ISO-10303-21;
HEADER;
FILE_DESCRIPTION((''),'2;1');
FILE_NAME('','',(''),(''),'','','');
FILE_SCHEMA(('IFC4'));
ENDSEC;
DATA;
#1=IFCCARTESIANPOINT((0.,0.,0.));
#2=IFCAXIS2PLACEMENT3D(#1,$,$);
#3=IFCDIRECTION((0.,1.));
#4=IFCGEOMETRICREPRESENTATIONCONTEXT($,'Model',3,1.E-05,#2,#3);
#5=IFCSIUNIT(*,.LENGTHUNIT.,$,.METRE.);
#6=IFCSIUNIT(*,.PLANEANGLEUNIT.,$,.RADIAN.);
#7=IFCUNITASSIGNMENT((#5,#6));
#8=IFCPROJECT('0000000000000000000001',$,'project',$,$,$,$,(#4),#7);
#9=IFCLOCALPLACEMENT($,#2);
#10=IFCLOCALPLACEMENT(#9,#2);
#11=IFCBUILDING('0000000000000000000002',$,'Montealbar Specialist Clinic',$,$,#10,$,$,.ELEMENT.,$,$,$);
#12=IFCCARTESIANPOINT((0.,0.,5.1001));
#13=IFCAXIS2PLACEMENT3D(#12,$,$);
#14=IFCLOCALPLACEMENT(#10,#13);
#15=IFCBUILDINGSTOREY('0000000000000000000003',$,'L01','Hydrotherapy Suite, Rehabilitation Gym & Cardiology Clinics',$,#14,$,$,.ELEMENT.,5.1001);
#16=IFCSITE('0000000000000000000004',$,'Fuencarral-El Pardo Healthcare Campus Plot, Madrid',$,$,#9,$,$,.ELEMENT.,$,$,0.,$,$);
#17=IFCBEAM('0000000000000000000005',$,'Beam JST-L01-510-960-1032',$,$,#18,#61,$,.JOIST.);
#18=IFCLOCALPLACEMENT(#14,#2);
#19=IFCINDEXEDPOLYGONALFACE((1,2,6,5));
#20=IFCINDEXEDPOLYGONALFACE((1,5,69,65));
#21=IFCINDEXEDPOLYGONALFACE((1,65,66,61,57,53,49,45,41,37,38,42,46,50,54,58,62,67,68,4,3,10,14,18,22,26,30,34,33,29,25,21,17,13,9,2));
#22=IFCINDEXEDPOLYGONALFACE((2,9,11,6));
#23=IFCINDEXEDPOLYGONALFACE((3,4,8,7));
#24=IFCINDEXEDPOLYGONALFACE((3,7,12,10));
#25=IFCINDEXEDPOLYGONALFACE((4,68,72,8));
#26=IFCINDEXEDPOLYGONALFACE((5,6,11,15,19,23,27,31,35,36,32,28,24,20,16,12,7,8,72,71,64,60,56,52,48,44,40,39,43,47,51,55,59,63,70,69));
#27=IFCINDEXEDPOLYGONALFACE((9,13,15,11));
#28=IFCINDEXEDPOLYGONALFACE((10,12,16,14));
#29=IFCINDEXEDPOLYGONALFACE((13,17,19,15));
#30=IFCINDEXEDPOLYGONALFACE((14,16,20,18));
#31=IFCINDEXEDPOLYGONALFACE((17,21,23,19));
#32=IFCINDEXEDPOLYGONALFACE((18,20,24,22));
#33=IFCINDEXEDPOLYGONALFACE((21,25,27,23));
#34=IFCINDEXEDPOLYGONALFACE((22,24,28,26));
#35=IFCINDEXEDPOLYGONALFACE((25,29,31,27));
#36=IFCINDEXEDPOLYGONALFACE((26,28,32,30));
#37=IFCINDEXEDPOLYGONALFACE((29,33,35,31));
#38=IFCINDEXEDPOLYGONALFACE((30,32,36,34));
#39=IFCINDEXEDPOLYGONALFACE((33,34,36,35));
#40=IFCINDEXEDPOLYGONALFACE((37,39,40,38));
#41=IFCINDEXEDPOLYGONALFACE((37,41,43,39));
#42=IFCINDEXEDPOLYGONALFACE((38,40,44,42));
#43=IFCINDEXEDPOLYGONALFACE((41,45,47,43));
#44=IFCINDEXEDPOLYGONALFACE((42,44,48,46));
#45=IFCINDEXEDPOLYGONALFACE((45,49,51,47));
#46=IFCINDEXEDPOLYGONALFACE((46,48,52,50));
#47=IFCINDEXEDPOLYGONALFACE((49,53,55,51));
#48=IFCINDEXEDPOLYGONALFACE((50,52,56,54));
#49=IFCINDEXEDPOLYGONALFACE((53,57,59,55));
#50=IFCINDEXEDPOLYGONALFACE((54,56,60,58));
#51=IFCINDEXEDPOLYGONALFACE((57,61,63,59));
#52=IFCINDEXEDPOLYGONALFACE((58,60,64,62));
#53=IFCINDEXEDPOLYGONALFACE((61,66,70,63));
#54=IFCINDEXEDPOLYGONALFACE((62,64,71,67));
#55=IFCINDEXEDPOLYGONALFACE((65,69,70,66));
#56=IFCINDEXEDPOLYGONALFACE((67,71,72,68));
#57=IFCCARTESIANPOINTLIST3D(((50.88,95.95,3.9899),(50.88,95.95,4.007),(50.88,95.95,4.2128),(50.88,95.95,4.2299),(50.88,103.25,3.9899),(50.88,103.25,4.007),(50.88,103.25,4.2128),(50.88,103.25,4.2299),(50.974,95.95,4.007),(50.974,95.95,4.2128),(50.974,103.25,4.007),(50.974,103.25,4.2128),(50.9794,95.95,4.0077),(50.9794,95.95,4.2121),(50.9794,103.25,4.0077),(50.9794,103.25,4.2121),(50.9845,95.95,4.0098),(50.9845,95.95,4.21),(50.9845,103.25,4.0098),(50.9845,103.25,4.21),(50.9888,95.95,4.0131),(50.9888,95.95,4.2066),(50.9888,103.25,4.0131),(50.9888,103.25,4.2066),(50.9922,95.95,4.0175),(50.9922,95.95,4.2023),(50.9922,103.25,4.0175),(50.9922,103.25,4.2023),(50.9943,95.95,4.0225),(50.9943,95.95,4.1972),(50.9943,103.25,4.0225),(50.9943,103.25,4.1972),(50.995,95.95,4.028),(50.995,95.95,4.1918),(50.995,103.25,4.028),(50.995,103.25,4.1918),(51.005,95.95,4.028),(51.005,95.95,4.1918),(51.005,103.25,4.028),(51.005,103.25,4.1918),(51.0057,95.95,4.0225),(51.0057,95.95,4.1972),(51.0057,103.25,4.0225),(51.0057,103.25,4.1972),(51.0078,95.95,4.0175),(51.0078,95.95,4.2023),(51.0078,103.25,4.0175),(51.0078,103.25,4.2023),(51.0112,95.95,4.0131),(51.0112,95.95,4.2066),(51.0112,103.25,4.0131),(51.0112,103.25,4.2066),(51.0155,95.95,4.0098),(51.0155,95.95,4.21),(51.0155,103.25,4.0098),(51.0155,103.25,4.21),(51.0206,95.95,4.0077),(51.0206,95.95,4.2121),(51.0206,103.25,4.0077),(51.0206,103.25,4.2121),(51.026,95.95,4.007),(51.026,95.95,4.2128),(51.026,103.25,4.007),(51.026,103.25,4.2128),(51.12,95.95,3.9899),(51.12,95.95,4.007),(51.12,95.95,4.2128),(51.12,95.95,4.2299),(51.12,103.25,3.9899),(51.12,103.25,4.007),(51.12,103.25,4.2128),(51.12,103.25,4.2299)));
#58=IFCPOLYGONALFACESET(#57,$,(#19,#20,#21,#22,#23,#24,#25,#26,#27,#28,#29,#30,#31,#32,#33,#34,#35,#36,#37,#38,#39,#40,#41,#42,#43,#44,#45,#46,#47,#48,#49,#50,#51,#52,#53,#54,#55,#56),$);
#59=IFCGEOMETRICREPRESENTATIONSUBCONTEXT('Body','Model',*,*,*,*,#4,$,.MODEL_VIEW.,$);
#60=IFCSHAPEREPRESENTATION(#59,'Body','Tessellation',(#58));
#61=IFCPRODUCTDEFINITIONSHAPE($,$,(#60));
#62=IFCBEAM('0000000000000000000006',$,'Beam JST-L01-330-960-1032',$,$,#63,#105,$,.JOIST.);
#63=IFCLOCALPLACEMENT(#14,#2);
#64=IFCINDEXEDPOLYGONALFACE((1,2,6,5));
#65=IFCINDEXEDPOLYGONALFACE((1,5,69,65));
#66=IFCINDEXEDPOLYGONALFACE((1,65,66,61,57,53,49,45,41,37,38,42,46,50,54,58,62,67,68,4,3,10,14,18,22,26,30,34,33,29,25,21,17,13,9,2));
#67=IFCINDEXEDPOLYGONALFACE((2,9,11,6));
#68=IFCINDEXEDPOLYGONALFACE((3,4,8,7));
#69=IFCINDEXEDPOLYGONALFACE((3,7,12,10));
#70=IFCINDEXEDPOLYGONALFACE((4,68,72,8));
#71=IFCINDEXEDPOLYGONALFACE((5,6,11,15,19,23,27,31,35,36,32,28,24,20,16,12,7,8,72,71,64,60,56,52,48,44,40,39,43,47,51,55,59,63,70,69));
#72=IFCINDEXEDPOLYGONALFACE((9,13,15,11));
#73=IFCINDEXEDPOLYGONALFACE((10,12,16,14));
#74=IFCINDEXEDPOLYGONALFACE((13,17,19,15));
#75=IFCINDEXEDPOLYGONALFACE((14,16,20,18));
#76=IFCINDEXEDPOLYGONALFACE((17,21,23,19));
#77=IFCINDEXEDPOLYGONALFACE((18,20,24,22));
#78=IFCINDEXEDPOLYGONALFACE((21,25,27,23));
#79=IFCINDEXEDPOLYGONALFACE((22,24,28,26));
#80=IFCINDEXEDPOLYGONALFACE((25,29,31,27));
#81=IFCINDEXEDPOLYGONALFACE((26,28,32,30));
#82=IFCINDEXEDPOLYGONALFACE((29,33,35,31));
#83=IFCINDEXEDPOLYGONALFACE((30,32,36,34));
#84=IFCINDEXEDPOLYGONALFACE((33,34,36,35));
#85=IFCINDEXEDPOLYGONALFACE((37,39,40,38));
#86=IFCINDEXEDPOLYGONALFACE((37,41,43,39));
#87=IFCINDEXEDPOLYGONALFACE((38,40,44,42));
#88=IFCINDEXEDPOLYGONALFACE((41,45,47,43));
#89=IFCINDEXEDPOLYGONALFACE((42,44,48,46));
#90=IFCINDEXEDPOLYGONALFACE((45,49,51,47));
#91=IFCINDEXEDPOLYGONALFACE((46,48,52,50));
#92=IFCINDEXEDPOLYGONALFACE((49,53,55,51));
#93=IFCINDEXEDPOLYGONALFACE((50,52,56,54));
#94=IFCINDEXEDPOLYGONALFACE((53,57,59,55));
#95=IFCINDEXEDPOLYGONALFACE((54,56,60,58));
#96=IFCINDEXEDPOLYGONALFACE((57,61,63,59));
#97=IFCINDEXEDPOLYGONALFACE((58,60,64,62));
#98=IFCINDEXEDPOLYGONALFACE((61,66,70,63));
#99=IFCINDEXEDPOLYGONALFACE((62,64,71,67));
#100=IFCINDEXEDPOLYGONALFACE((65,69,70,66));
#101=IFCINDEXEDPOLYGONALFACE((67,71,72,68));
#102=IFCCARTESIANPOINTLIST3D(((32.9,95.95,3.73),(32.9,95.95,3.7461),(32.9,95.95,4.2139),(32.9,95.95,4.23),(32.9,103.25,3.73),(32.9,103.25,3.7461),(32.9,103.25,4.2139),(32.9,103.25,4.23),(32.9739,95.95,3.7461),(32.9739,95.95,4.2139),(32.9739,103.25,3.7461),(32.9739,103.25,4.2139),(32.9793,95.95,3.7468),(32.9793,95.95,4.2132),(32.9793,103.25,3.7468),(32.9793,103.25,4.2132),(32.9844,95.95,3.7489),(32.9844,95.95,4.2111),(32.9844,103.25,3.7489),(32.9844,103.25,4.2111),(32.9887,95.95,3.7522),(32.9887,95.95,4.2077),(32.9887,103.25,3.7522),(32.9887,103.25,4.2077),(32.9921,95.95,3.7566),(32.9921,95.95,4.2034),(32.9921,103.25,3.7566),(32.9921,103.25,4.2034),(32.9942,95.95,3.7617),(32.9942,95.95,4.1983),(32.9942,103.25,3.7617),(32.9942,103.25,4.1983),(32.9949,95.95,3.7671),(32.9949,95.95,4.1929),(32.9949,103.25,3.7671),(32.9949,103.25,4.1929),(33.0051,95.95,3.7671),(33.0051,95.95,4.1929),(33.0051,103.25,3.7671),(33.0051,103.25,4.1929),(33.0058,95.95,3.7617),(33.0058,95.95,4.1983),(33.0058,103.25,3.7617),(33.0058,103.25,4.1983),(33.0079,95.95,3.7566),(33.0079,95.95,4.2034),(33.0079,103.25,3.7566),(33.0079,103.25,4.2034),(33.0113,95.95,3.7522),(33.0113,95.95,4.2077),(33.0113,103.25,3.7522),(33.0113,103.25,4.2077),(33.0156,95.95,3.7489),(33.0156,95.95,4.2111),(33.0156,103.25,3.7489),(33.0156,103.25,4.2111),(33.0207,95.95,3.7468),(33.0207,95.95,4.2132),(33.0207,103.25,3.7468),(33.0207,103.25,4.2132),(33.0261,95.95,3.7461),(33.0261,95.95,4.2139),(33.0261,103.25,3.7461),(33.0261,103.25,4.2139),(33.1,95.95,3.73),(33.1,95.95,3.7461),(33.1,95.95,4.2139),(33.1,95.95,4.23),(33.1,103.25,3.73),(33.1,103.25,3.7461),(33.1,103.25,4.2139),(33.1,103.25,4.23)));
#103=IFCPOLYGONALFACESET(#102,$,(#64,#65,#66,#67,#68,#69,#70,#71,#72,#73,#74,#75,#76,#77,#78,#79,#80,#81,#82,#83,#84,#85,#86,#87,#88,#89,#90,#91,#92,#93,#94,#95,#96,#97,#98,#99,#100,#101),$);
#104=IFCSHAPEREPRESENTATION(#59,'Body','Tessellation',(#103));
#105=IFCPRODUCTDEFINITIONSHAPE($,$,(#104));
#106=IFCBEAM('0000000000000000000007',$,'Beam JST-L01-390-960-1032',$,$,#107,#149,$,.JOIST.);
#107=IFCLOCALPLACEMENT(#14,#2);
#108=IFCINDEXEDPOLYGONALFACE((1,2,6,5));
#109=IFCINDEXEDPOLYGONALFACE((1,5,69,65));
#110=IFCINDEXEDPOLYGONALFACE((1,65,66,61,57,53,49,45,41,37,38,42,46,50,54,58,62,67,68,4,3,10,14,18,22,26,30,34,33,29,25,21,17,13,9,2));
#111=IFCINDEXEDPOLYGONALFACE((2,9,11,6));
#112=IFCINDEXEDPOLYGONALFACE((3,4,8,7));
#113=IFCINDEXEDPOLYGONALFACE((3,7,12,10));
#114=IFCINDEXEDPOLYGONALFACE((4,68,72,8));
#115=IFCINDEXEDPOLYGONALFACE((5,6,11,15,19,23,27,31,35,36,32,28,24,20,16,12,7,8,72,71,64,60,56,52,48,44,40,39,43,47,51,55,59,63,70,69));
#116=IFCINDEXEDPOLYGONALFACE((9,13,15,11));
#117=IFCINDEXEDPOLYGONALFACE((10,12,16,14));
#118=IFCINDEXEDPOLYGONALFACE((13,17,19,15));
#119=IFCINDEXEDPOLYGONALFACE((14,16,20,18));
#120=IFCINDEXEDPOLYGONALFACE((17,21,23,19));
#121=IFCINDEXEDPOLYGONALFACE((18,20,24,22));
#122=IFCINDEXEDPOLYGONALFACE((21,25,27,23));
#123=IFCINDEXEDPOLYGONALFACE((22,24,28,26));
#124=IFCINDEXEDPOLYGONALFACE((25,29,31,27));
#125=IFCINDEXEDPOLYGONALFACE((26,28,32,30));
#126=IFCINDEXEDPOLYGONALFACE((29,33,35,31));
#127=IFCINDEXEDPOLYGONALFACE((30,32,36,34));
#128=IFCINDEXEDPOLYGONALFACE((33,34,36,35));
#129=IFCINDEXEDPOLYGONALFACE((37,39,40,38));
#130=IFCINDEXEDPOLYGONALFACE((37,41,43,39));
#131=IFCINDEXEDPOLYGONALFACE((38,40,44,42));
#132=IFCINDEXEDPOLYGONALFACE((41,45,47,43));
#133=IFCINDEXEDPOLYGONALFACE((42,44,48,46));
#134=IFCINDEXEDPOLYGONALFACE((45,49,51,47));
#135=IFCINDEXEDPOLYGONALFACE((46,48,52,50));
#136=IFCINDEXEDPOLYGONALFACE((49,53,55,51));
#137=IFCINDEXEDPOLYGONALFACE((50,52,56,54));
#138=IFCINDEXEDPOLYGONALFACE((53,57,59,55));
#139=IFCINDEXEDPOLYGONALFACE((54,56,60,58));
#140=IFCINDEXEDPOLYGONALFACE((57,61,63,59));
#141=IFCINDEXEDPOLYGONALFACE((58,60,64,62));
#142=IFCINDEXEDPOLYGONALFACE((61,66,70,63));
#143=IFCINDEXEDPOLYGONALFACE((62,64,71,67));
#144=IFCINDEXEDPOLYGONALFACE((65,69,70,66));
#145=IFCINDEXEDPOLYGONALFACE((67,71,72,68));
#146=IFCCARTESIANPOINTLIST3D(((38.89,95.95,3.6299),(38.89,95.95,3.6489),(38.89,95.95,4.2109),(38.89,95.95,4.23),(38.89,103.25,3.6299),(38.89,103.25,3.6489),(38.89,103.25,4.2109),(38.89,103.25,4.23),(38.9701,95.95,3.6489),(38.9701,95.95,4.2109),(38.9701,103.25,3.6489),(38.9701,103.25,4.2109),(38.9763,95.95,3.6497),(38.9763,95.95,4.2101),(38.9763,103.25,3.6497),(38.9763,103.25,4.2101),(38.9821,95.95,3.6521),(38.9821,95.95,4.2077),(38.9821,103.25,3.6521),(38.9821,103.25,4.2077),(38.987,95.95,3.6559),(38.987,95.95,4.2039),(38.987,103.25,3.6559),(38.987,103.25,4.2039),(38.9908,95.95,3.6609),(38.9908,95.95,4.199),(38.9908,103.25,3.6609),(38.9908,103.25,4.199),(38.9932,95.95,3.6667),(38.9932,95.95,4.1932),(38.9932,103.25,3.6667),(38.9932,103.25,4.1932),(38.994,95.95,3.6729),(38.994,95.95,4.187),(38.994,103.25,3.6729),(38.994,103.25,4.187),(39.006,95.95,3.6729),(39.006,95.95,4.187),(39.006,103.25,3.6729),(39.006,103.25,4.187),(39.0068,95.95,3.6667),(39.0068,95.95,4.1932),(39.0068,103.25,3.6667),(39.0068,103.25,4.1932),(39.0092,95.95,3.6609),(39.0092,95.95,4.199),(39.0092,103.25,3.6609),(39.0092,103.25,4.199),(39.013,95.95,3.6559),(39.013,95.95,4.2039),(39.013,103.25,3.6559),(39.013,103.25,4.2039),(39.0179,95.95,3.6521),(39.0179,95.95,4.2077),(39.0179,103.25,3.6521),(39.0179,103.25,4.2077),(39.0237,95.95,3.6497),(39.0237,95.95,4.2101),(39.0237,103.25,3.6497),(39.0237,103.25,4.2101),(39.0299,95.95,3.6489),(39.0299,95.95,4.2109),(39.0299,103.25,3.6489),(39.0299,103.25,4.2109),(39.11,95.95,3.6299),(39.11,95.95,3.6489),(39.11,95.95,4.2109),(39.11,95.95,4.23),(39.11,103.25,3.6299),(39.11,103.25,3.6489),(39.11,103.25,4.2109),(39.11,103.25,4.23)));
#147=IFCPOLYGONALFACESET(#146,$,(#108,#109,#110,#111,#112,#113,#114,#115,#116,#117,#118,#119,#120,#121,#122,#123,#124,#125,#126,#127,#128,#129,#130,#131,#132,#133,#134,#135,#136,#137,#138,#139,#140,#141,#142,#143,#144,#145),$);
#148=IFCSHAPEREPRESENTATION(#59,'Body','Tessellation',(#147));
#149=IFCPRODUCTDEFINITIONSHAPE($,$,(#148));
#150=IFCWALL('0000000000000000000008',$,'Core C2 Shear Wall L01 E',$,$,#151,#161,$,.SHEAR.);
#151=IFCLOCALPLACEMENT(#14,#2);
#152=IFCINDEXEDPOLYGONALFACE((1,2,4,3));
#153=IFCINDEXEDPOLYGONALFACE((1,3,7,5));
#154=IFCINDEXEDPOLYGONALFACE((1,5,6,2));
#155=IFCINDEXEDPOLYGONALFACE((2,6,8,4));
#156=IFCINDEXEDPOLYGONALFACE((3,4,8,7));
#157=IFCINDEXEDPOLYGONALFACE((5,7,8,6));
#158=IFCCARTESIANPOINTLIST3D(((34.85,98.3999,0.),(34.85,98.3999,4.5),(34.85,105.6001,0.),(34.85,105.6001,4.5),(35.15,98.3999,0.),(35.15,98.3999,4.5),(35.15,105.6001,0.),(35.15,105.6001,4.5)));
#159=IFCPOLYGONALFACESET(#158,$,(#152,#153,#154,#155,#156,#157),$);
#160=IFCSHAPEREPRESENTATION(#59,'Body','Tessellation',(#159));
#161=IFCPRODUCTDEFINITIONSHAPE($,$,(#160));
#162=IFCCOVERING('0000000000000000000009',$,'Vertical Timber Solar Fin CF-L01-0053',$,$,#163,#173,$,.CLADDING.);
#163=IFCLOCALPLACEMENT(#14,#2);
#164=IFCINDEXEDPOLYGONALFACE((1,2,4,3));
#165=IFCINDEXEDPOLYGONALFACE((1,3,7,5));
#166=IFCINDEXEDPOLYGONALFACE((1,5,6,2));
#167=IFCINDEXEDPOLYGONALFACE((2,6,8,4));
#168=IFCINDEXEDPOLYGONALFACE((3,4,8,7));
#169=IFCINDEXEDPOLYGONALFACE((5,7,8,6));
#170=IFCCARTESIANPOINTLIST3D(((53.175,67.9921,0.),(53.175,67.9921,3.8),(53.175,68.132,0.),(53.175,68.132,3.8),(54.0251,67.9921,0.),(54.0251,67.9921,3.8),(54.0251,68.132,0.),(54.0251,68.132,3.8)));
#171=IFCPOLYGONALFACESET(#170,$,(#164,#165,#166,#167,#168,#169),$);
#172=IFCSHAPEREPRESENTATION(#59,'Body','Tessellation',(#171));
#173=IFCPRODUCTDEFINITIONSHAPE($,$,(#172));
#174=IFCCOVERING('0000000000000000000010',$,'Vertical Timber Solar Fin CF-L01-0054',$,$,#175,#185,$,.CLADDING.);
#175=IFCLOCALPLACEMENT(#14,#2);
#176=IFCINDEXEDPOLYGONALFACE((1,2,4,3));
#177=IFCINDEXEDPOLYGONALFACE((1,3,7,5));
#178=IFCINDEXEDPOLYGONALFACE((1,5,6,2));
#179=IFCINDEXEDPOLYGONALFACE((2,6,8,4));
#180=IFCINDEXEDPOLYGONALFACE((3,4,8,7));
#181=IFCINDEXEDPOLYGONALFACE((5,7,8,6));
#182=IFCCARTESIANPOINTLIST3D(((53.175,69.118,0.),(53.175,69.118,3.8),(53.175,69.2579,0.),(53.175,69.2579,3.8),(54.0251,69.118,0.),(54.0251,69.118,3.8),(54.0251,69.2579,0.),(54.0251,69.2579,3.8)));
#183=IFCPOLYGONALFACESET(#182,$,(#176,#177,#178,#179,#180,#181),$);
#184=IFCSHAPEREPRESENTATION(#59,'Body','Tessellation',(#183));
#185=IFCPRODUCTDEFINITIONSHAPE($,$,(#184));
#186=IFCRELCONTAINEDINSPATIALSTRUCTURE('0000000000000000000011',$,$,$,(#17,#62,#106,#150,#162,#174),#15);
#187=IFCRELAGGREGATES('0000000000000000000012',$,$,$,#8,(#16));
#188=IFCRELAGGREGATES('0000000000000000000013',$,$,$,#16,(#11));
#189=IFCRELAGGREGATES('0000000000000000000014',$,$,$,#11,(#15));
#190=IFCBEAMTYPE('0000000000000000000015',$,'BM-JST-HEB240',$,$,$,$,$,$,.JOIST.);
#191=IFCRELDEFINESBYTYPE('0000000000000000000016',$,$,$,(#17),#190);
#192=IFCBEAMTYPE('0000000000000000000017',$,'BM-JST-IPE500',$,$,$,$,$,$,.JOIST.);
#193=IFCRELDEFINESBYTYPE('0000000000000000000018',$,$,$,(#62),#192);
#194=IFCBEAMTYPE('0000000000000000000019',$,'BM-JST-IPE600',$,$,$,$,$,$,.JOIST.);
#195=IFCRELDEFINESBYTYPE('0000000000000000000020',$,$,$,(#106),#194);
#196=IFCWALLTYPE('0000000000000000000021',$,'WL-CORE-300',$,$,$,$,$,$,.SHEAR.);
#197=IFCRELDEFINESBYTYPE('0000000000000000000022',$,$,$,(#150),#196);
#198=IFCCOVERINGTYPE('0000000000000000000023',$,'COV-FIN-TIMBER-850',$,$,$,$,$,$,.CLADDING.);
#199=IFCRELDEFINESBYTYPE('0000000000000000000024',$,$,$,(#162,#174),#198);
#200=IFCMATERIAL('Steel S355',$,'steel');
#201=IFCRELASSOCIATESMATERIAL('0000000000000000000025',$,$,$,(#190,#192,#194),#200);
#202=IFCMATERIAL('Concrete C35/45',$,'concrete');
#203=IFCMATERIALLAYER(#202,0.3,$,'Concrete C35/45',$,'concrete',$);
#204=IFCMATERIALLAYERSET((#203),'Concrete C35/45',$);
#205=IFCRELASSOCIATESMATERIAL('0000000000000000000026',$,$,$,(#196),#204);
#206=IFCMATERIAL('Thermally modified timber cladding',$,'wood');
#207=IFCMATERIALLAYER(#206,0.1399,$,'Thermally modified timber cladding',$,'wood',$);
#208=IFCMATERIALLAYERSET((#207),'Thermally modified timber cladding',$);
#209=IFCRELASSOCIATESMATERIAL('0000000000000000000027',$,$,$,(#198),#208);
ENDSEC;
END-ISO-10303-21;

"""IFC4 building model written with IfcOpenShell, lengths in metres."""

from ifc_helpers import new_model, si_unit, direction, frame, frame_2d, origin, origin_2d, place, context, subcontext, project, spatial, rectangle, i_section, extrude, material, layer, layer_set, material_profile, profile_set, type_object, element, save


model = new_model("IFC4")

# Units and contexts
model_context = context("Model", 3, precision=1e-05, world=origin(), true_north=direction((0.0, 1.0)))
body_context = subcontext(model_context, "Body", "Model", "MODEL_VIEW")
ifc_project = project(units=[si_unit("LENGTHUNIT", "METRE"), si_unit("PLANEANGLEUNIT", "RADIAN")], contexts=[model_context])

# Site, building, storey
site_placement = place(None, origin())
site = spatial("IfcSite", under=ifc_project, at=site_placement, Name="Fuencarral-El Pardo Healthcare Campus Plot, Madrid", CompositionType="ELEMENT", RefElevation=0.0)
building_placement = place(site_placement, origin())
building = spatial("IfcBuilding", under=site, at=building_placement, Name="Montealbar Specialist Clinic", CompositionType="ELEMENT")
storey_placement = place(building_placement, frame((0.0, 0.0, 5.1001)))
storey = spatial("IfcBuildingStorey", under=building, at=storey_placement, Name="L01", Description="Hydrotherapy Suite, Rehabilitation Gym & Cardiology Clinics", CompositionType="ELEMENT", Elevation=5.1001)

# Shared definitions
ifc_material_1 = material(Name="Concrete C35/45", Category="concrete")

# Beams
ifc_material_2 = material(Name="Steel S355", Category="steel")
ifc_material_profile_1 = material_profile(ifc_material_2, i_section(OverallWidth=0.24, OverallDepth=0.24, WebThickness=0.01, FlangeThickness=0.0171, FilletRadius=0.021, at=origin_2d()), Name="HEB 240", Category="steel")
ifc_profile_set_1 = profile_set([ifc_material_profile_1], Name="Steel S355")
beam_type_1 = type_object("IfcBeamType", Name="BM-JST-HEB240", PredefinedType="JOIST", material=ifc_profile_set_1)
beam_1_placement = place(storey_placement, frame((51.0, 95.95, 4.1099), z_axis=(0.0, 1.0, 0.0), x_axis=(-1.0, 0.0, 0.0)))
element("IfcBeam", 1, at=beam_1_placement, inside=storey, type_object=beam_type_1, Name="Beam JST-L01-510-960-1032", PredefinedType="JOIST", context=body_context, shape_type="SweptSolid", body=[
    extrude(i_section(OverallWidth=0.24, OverallDepth=0.24, WebThickness=0.01, FlangeThickness=0.0171, FilletRadius=0.021, at=origin_2d()), origin(), (0.0, 0.0, 1.0), 7.3),
])
ifc_material_profile_2 = material_profile(ifc_material_2, i_section(OverallWidth=0.2, OverallDepth=0.5, WebThickness=0.0103, FlangeThickness=0.0161, FilletRadius=0.021, at=origin_2d()), Name="IPE 500", Category="steel")
ifc_profile_set_2 = profile_set([ifc_material_profile_2], Name="Steel S355")
beam_type_2 = type_object("IfcBeamType", Name="BM-JST-IPE500", PredefinedType="JOIST", material=ifc_profile_set_2)
beam_2_placement = place(storey_placement, frame((33.0, 95.95, 3.98), z_axis=(0.0, 1.0, 0.0), x_axis=(-1.0, 0.0, 0.0)))
element("IfcBeam", 2, at=beam_2_placement, inside=storey, type_object=beam_type_2, Name="Beam JST-L01-330-960-1032", PredefinedType="JOIST", context=body_context, shape_type="SweptSolid", body=[
    extrude(i_section(OverallWidth=0.2, OverallDepth=0.5, WebThickness=0.0103, FlangeThickness=0.0161, FilletRadius=0.021, at=origin_2d()), origin(), (0.0, 0.0, 1.0), 7.3),
])
ifc_material_profile_3 = material_profile(ifc_material_2, i_section(OverallWidth=0.22, OverallDepth=0.6001, WebThickness=0.012, FlangeThickness=0.019, FilletRadius=0.0239, at=origin_2d()), Name="IPE 600", Category="steel")
ifc_profile_set_3 = profile_set([ifc_material_profile_3], Name="Steel S355")
beam_type_3 = type_object("IfcBeamType", Name="BM-JST-IPE600", PredefinedType="JOIST", material=ifc_profile_set_3)
beam_3_placement = place(storey_placement, frame((39.0, 95.95, 3.9299), z_axis=(0.0, 1.0, 0.0), x_axis=(-1.0, 0.0, 0.0)))
element("IfcBeam", 3, at=beam_3_placement, inside=storey, type_object=beam_type_3, Name="Beam JST-L01-390-960-1032", PredefinedType="JOIST", context=body_context, shape_type="SweptSolid", body=[
    extrude(i_section(OverallWidth=0.22, OverallDepth=0.6001, WebThickness=0.012, FlangeThickness=0.019, FilletRadius=0.0239, at=origin_2d()), origin(), (0.0, 0.0, 1.0), 7.3),
])

# Wall
ifc_layer_1 = layer(ifc_material_1, 0.3, Name="Concrete C35/45", Category="concrete")
ifc_layer_set_1 = layer_set([ifc_layer_1], Name="Concrete C35/45")
wall_type = type_object("IfcWallType", Name="WL-CORE-300", PredefinedType="SHEAR", material=ifc_layer_set_1)
wall_placement = place(storey_placement, frame((35.0, 98.3999, 0.0), z_axis=(0.0, 0.0, 1.0), x_axis=(0.0, 1.0, 0.0)))
element("IfcWall", 4, at=wall_placement, inside=storey, type_object=wall_type, Name="Core C2 Shear Wall L01 E", PredefinedType="SHEAR", context=body_context, shape_type="SweptSolid", body=[
    extrude(rectangle(XDim=7.2002, YDim=0.3, at=frame_2d((3.6001, 0.0))), origin(), (0.0, 0.0, 1.0), 4.5),
])

# Coverings
ifc_material_3 = material(Name="Thermally modified timber cladding", Category="wood")
ifc_layer_2 = layer(ifc_material_3, 0.1399, Name="Thermally modified timber cladding", Category="wood")
ifc_layer_set_2 = layer_set([ifc_layer_2], Name="Thermally modified timber cladding")
covering_type = type_object("IfcCoveringType", Name="COV-FIN-TIMBER-850", PredefinedType="CLADDING", material=ifc_layer_set_2)
for number, where, z_axis, x_axis, name in (
    (5, (53.6001, 68.062, 0.0), (0.0, 0.0, 1.0), (-1.0, 0.0, 0.0), "Vertical Timber Solar Fin CF-L01-0053"),
    (6, (53.6001, 69.188, 0.0), (0.0, 0.0, 1.0), (-1.0, 0.0, 0.0), "Vertical Timber Solar Fin CF-L01-0054"),
):
    element("IfcCovering", number, at=place(storey_placement, frame(where, z_axis=z_axis, x_axis=x_axis)), inside=storey, type_object=covering_type, Name=name, PredefinedType="CLADDING", context=body_context, shape_type="SweptSolid", body=[
        extrude(rectangle(XDim=0.8501, YDim=0.1399, at=origin_2d()), origin(), (0.0, 0.0, 1.0), 3.8),
    ])

save(model, "model.ifc")
